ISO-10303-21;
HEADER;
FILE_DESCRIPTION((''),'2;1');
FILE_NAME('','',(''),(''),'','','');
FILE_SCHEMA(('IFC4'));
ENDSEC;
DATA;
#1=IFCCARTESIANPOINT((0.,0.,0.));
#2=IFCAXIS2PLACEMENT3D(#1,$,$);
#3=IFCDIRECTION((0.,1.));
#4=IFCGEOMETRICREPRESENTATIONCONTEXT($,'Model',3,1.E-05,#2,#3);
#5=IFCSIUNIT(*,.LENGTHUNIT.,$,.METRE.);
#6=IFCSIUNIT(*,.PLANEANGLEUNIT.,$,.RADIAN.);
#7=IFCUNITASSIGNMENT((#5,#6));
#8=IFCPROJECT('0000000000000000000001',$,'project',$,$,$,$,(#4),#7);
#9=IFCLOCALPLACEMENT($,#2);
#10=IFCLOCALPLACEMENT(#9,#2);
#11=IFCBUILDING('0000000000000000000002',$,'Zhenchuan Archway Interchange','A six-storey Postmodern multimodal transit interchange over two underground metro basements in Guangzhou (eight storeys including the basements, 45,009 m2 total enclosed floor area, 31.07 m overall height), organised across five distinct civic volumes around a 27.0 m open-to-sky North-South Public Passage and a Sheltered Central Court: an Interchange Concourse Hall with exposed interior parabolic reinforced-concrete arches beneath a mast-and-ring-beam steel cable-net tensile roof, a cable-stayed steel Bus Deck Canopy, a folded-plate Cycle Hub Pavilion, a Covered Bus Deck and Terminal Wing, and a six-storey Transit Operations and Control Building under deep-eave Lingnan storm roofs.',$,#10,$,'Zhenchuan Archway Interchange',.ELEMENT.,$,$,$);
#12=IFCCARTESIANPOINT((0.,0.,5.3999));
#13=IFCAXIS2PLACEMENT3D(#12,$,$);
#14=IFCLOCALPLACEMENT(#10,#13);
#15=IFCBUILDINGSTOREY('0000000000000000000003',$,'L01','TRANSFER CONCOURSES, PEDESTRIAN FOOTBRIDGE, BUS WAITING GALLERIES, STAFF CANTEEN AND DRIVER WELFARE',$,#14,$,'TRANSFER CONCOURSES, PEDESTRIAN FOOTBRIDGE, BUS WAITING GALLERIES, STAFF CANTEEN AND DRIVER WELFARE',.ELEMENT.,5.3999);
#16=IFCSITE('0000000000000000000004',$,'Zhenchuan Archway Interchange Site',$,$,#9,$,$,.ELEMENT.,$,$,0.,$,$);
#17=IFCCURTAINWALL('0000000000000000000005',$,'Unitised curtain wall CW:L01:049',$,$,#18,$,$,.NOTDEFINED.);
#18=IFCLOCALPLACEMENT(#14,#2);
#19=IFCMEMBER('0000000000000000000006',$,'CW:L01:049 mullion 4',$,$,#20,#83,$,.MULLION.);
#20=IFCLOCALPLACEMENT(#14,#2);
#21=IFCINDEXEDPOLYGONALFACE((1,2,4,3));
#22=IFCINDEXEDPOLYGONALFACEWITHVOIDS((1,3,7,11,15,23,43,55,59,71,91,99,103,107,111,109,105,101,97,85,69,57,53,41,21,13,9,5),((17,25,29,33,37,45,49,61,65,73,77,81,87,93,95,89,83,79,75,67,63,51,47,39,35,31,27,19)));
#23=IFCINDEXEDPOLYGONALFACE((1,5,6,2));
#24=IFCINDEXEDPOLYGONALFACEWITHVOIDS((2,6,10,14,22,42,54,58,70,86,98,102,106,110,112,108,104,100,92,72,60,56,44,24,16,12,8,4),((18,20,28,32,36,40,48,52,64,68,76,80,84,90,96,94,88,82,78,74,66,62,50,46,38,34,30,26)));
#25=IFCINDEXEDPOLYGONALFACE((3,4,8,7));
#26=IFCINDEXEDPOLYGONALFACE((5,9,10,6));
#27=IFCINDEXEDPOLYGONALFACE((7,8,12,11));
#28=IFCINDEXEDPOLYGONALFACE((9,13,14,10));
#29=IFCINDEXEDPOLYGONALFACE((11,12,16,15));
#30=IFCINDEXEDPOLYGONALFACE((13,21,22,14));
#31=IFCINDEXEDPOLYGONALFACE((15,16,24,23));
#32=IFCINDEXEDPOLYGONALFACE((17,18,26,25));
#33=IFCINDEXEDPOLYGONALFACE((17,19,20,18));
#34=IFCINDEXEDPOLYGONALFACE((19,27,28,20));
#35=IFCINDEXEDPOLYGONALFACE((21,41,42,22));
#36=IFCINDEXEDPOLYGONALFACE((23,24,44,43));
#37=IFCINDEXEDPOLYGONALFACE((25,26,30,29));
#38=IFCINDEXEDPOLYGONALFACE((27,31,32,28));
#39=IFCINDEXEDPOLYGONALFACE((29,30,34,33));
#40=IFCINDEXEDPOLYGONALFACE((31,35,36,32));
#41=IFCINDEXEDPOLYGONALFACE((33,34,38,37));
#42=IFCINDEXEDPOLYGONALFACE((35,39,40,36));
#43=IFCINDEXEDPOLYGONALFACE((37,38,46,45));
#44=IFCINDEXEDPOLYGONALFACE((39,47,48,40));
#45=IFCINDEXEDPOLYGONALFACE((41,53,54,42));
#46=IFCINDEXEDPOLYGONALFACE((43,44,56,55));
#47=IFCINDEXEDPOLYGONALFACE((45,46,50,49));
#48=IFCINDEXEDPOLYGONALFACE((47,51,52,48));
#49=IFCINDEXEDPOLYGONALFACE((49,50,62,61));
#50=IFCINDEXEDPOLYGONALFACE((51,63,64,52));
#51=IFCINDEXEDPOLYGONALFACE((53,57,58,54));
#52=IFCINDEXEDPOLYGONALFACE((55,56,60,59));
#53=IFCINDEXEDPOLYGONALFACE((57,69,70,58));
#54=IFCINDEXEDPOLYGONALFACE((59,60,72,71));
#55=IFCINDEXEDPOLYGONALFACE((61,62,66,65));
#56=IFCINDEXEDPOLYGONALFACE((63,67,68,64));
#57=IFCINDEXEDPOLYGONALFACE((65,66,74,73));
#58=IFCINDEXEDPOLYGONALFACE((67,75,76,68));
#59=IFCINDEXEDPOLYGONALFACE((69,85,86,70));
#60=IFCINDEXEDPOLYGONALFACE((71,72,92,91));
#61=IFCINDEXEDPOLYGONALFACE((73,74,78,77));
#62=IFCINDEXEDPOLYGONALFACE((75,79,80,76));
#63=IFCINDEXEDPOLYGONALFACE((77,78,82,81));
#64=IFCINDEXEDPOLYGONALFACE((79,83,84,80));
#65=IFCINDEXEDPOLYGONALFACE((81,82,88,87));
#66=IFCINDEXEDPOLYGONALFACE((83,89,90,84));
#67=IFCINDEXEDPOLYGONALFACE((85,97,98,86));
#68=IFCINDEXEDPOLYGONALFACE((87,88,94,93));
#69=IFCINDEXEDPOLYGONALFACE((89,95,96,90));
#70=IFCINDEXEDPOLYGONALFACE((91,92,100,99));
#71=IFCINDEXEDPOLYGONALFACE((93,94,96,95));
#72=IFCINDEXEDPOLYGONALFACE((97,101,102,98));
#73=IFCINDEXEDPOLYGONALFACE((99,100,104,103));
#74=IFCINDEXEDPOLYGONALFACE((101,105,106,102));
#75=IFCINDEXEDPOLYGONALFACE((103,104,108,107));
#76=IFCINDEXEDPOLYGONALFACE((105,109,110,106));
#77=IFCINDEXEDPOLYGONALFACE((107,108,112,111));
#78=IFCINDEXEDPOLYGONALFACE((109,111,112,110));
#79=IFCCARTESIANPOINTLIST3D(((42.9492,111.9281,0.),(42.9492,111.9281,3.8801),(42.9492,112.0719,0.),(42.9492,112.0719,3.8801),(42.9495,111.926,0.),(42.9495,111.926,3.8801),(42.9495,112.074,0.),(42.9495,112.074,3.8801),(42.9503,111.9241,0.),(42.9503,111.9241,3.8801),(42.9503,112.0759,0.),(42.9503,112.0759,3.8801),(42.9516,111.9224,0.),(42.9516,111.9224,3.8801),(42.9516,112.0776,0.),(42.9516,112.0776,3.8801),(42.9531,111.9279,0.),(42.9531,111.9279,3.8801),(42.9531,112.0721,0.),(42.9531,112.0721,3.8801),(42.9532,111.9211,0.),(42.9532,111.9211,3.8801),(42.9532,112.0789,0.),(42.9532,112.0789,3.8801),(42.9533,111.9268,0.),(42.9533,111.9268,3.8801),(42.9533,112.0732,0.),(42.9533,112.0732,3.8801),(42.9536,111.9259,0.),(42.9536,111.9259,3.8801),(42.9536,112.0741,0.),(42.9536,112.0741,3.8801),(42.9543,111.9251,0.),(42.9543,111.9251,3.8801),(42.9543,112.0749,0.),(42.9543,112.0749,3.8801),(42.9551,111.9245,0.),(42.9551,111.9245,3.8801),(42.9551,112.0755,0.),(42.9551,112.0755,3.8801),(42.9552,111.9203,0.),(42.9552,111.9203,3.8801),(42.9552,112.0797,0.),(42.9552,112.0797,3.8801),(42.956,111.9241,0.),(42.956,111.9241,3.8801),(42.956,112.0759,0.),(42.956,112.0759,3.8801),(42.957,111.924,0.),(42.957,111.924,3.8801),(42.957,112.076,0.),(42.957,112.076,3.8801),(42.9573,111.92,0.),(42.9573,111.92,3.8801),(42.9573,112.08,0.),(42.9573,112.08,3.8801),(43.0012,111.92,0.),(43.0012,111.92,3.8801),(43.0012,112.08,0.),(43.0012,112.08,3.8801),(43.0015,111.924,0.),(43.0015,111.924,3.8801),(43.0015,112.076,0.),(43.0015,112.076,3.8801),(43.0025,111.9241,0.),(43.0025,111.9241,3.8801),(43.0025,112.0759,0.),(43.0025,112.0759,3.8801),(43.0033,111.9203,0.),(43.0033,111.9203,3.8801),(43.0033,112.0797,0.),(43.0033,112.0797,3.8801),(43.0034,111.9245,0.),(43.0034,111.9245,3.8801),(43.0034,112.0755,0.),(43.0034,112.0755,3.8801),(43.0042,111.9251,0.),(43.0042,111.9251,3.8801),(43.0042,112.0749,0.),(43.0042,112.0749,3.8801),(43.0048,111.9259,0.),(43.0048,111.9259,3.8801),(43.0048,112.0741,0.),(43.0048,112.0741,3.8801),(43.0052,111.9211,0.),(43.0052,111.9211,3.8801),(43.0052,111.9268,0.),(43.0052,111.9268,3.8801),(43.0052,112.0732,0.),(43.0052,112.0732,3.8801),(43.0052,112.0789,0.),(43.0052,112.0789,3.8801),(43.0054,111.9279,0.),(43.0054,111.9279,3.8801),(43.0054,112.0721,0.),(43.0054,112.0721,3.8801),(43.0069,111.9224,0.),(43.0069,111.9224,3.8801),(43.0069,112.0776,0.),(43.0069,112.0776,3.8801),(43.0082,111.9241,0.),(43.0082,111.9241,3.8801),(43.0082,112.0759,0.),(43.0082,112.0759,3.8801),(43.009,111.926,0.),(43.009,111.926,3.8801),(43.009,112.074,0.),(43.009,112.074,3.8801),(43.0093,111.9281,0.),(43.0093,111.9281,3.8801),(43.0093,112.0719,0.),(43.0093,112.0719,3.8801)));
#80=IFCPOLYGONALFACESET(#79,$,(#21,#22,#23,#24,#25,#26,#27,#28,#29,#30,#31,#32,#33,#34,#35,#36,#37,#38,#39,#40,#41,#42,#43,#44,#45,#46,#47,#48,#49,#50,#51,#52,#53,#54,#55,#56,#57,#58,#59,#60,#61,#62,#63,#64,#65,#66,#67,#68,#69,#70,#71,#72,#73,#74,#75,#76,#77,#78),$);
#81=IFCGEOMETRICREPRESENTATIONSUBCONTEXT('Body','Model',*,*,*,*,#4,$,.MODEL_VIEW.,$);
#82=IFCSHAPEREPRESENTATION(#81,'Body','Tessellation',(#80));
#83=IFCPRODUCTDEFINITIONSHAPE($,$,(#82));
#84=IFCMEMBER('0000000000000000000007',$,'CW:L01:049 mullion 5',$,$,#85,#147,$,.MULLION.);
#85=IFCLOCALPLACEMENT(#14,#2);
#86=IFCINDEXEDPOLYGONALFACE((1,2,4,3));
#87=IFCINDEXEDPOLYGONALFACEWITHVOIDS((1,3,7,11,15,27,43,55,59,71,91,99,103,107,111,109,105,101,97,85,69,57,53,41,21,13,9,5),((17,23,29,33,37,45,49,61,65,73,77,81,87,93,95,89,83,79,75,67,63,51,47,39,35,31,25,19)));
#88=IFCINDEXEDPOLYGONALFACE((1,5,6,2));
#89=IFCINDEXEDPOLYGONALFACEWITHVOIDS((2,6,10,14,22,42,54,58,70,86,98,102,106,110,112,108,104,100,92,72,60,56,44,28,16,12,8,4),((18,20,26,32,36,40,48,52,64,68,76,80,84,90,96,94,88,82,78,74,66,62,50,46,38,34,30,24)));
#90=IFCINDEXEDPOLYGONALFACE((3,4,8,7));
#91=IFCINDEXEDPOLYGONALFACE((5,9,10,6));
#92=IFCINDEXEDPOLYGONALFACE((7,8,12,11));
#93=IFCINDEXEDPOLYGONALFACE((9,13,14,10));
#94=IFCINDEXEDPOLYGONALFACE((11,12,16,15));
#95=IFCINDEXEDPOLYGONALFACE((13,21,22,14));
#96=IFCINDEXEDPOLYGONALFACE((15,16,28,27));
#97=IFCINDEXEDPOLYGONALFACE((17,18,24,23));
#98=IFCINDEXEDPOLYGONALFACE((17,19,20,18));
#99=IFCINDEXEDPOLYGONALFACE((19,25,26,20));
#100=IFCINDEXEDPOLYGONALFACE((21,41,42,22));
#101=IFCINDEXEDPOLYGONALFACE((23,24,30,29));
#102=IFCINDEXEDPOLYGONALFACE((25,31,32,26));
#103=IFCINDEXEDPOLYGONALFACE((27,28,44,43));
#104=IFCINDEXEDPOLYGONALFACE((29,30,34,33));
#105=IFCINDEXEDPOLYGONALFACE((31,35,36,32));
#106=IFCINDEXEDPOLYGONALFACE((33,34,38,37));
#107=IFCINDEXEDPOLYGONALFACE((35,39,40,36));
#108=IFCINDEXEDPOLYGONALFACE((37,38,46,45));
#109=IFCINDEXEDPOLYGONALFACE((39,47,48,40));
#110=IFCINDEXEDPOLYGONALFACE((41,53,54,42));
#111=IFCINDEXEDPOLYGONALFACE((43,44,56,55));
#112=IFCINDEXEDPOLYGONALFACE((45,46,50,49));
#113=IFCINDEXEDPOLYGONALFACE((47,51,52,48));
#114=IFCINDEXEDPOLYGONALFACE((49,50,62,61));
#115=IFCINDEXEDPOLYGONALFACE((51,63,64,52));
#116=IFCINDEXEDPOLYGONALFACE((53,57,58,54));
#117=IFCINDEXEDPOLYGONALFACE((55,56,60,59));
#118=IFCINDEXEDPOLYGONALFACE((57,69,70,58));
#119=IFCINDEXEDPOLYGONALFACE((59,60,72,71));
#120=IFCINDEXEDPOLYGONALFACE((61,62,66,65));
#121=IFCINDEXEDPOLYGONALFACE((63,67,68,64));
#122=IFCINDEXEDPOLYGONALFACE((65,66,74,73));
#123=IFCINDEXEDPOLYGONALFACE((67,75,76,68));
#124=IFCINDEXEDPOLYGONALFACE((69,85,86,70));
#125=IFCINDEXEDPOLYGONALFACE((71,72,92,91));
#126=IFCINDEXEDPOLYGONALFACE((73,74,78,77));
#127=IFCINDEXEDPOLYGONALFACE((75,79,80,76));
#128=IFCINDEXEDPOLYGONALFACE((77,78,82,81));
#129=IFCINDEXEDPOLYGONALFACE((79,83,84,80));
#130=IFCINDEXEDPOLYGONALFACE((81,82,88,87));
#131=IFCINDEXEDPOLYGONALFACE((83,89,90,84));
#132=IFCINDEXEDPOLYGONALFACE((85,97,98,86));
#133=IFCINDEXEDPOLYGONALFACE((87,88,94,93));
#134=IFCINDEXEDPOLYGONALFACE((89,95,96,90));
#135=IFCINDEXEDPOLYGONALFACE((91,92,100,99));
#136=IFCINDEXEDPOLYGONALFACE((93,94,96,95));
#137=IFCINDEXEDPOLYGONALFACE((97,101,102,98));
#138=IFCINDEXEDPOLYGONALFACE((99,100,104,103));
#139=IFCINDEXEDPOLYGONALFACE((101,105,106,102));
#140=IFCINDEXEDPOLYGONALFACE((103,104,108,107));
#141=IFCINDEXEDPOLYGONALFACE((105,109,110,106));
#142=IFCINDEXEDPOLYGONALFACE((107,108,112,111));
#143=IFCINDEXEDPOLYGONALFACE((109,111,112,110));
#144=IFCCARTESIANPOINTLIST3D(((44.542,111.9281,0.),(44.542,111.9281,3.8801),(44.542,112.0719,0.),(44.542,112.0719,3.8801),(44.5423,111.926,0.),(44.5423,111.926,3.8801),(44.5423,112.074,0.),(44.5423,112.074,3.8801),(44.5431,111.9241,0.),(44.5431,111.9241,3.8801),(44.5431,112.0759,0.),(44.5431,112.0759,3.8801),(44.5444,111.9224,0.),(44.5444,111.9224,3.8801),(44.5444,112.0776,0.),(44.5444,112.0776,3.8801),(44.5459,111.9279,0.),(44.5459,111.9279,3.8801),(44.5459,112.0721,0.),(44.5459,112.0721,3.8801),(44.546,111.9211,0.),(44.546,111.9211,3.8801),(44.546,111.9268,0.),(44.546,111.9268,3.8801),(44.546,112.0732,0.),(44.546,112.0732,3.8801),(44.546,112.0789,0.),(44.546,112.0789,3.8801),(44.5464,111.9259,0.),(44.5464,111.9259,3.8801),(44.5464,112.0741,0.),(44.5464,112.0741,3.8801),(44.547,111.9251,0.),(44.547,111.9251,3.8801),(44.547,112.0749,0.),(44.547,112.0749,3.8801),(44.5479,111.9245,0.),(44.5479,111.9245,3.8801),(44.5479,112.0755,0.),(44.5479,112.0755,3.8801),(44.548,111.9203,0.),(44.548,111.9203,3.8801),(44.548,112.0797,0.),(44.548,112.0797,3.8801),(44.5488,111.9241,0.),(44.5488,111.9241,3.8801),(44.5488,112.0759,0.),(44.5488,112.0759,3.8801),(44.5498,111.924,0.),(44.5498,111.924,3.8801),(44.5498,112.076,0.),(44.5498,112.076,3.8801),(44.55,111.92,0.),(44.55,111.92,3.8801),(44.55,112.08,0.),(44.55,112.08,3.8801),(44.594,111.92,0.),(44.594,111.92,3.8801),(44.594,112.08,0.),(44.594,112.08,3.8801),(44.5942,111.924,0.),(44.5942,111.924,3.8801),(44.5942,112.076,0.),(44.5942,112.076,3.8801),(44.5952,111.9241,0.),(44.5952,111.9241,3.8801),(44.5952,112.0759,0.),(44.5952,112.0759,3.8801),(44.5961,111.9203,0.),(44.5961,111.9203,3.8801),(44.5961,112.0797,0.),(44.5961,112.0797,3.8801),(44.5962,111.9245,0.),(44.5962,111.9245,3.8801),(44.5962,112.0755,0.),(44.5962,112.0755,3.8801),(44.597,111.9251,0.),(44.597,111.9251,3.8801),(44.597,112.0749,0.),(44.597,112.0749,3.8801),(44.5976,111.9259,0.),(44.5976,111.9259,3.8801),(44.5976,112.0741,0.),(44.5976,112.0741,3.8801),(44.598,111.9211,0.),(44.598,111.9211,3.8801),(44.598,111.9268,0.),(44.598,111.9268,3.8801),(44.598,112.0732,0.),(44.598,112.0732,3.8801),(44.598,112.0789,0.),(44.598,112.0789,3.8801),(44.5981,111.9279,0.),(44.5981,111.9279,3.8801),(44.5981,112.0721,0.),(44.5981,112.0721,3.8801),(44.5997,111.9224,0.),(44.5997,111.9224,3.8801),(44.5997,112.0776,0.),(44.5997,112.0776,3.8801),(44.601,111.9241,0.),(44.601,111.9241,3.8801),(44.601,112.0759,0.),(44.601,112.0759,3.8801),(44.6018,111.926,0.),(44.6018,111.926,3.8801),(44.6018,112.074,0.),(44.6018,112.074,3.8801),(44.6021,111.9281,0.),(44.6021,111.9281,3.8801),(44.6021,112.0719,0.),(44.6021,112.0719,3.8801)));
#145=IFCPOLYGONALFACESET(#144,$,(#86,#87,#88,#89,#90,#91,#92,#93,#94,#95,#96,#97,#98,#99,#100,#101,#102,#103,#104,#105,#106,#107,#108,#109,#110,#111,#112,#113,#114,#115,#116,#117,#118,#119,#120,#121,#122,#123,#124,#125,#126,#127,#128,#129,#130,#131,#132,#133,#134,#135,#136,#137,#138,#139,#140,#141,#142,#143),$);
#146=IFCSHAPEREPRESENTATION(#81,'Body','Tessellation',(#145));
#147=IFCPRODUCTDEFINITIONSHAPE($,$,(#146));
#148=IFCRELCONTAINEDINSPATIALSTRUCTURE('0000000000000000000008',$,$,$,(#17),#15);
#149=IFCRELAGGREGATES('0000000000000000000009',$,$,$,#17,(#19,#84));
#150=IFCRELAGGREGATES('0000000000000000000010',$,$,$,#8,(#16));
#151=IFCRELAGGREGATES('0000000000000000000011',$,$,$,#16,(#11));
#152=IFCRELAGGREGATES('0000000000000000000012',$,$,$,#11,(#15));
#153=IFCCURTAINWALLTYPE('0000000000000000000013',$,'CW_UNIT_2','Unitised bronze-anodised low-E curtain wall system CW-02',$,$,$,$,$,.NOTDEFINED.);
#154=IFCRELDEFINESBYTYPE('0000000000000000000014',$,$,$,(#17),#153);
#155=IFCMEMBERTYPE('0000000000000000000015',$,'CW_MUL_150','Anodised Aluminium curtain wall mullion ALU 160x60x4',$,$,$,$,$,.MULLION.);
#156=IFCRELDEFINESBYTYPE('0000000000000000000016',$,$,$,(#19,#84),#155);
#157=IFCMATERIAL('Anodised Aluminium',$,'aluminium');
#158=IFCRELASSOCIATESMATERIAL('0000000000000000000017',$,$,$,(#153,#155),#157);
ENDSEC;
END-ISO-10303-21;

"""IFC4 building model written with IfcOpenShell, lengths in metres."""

from ifc_helpers import new_model, si_unit, direction, frame, origin, origin_2d, place, context, subcontext, project, spatial, hollow_rectangle, extrude, material, material_profile, profile_set, type_object, element, aggregate, save


model = new_model("IFC4")

# Units and contexts
model_context = context("Model", 3, precision=1e-05, world=origin(), true_north=direction((0.0, 1.0)))
body_context = subcontext(model_context, "Body", "Model", "MODEL_VIEW")
ifc_project = project(units=[si_unit("LENGTHUNIT", "METRE"), si_unit("PLANEANGLEUNIT", "RADIAN")], contexts=[model_context])

# Site, building, storey
site_placement = place(None, origin())
site = spatial("IfcSite", under=ifc_project, at=site_placement, Name="Zhenchuan Archway Interchange Site", CompositionType="ELEMENT", RefElevation=0.0)
building_placement = place(site_placement, origin())
building = spatial("IfcBuilding", under=site, at=building_placement, Name="Zhenchuan Archway Interchange", Description="A six-storey Postmodern multimodal transit interchange over two underground metro basements in Guangzhou (eight storeys including the basements, 45,009 m2 total enclosed floor area, 31.07 m overall height), organised across five distinct civic volumes around a 27.0 m open-to-sky North-South Public Passage and a Sheltered Central Court: an Interchange Concourse Hall with exposed interior parabolic reinforced-concrete arches beneath a mast-and-ring-beam steel cable-net tensile roof, a cable-stayed steel Bus Deck Canopy, a folded-plate Cycle Hub Pavilion, a Covered Bus Deck and Terminal Wing, and a six-storey Transit Operations and Control Building under deep-eave Lingnan storm roofs.", LongName="Zhenchuan Archway Interchange", CompositionType="ELEMENT")
storey_placement = place(building_placement, frame((0.0, 0.0, 5.3999)))
storey = spatial("IfcBuildingStorey", under=building, at=storey_placement, Name="L01", Description="TRANSFER CONCOURSES, PEDESTRIAN FOOTBRIDGE, BUS WAITING GALLERIES, STAFF CANTEEN AND DRIVER WELFARE", LongName="TRANSFER CONCOURSES, PEDESTRIAN FOOTBRIDGE, BUS WAITING GALLERIES, STAFF CANTEEN AND DRIVER WELFARE", CompositionType="ELEMENT", Elevation=5.3999)

# Curtain wall, members
ifc_material_1 = material(Name="Anodised Aluminium", Category="aluminium")
curtain_wall_type_1 = type_object("IfcCurtainWallType", Name="CW_UNIT_2", Description="Unitised bronze-anodised low-E curtain wall system CW-02", PredefinedType="NOTDEFINED", material=ifc_material_1)
curtain_wall_1_placement = place(storey_placement, origin())
curtain_wall_1 = element("IfcCurtainWall", 1, at=curtain_wall_1_placement, inside=storey, type_object=curtain_wall_type_1, Name="Unitised curtain wall CW:L01:049", PredefinedType="NOTDEFINED")
ifc_material_profile_1 = material_profile(ifc_material_1, hollow_rectangle(XDim=0.0601, YDim=0.1599, WallThickness=0.0039, InnerFilletRadius=0.0039, OuterFilletRadius=0.0081, at=origin_2d()), Name="ALU 160x60x4")
ifc_profile_set_1 = profile_set([ifc_material_profile_1], Name="Anodised Aluminium")
member_type_1 = type_object("IfcMemberType", Name="CW_MUL_150", Description="Anodised Aluminium curtain wall mullion ALU 160x60x4", PredefinedType="MULLION", material=ifc_profile_set_1)
member_1_placement = place(storey_placement, frame((42.9792, 112.0, 0.0), z_axis=(0.0, 0.0, 1.0), x_axis=(1.0, 0.0, 0.0)))
member_1 = element("IfcMember", 2, at=member_1_placement, type_object=member_type_1, Name="CW:L01:049 mullion 4", PredefinedType="MULLION", context=body_context, shape_type="SweptSolid", body=[
    extrude(hollow_rectangle(XDim=0.0601, YDim=0.1599, WallThickness=0.0039, InnerFilletRadius=0.0039, OuterFilletRadius=0.0081, at=origin_2d()), origin(), (0.0, 0.0, 1.0), 3.8801),
])
member_2_placement = place(storey_placement, frame((44.572, 112.0, 0.0), z_axis=(0.0, 0.0, 1.0), x_axis=(1.0, 0.0, 0.0)))
member_2 = element("IfcMember", 3, at=member_2_placement, type_object=member_type_1, Name="CW:L01:049 mullion 5", PredefinedType="MULLION", context=body_context, shape_type="SweptSolid", body=[
    extrude(hollow_rectangle(XDim=0.0601, YDim=0.1599, WallThickness=0.0039, InnerFilletRadius=0.0039, OuterFilletRadius=0.0081, at=origin_2d()), origin(), (0.0, 0.0, 1.0), 3.8801),
])

aggregate(curtain_wall_1, [member_1, member_2])

save(model, "model.ifc")
